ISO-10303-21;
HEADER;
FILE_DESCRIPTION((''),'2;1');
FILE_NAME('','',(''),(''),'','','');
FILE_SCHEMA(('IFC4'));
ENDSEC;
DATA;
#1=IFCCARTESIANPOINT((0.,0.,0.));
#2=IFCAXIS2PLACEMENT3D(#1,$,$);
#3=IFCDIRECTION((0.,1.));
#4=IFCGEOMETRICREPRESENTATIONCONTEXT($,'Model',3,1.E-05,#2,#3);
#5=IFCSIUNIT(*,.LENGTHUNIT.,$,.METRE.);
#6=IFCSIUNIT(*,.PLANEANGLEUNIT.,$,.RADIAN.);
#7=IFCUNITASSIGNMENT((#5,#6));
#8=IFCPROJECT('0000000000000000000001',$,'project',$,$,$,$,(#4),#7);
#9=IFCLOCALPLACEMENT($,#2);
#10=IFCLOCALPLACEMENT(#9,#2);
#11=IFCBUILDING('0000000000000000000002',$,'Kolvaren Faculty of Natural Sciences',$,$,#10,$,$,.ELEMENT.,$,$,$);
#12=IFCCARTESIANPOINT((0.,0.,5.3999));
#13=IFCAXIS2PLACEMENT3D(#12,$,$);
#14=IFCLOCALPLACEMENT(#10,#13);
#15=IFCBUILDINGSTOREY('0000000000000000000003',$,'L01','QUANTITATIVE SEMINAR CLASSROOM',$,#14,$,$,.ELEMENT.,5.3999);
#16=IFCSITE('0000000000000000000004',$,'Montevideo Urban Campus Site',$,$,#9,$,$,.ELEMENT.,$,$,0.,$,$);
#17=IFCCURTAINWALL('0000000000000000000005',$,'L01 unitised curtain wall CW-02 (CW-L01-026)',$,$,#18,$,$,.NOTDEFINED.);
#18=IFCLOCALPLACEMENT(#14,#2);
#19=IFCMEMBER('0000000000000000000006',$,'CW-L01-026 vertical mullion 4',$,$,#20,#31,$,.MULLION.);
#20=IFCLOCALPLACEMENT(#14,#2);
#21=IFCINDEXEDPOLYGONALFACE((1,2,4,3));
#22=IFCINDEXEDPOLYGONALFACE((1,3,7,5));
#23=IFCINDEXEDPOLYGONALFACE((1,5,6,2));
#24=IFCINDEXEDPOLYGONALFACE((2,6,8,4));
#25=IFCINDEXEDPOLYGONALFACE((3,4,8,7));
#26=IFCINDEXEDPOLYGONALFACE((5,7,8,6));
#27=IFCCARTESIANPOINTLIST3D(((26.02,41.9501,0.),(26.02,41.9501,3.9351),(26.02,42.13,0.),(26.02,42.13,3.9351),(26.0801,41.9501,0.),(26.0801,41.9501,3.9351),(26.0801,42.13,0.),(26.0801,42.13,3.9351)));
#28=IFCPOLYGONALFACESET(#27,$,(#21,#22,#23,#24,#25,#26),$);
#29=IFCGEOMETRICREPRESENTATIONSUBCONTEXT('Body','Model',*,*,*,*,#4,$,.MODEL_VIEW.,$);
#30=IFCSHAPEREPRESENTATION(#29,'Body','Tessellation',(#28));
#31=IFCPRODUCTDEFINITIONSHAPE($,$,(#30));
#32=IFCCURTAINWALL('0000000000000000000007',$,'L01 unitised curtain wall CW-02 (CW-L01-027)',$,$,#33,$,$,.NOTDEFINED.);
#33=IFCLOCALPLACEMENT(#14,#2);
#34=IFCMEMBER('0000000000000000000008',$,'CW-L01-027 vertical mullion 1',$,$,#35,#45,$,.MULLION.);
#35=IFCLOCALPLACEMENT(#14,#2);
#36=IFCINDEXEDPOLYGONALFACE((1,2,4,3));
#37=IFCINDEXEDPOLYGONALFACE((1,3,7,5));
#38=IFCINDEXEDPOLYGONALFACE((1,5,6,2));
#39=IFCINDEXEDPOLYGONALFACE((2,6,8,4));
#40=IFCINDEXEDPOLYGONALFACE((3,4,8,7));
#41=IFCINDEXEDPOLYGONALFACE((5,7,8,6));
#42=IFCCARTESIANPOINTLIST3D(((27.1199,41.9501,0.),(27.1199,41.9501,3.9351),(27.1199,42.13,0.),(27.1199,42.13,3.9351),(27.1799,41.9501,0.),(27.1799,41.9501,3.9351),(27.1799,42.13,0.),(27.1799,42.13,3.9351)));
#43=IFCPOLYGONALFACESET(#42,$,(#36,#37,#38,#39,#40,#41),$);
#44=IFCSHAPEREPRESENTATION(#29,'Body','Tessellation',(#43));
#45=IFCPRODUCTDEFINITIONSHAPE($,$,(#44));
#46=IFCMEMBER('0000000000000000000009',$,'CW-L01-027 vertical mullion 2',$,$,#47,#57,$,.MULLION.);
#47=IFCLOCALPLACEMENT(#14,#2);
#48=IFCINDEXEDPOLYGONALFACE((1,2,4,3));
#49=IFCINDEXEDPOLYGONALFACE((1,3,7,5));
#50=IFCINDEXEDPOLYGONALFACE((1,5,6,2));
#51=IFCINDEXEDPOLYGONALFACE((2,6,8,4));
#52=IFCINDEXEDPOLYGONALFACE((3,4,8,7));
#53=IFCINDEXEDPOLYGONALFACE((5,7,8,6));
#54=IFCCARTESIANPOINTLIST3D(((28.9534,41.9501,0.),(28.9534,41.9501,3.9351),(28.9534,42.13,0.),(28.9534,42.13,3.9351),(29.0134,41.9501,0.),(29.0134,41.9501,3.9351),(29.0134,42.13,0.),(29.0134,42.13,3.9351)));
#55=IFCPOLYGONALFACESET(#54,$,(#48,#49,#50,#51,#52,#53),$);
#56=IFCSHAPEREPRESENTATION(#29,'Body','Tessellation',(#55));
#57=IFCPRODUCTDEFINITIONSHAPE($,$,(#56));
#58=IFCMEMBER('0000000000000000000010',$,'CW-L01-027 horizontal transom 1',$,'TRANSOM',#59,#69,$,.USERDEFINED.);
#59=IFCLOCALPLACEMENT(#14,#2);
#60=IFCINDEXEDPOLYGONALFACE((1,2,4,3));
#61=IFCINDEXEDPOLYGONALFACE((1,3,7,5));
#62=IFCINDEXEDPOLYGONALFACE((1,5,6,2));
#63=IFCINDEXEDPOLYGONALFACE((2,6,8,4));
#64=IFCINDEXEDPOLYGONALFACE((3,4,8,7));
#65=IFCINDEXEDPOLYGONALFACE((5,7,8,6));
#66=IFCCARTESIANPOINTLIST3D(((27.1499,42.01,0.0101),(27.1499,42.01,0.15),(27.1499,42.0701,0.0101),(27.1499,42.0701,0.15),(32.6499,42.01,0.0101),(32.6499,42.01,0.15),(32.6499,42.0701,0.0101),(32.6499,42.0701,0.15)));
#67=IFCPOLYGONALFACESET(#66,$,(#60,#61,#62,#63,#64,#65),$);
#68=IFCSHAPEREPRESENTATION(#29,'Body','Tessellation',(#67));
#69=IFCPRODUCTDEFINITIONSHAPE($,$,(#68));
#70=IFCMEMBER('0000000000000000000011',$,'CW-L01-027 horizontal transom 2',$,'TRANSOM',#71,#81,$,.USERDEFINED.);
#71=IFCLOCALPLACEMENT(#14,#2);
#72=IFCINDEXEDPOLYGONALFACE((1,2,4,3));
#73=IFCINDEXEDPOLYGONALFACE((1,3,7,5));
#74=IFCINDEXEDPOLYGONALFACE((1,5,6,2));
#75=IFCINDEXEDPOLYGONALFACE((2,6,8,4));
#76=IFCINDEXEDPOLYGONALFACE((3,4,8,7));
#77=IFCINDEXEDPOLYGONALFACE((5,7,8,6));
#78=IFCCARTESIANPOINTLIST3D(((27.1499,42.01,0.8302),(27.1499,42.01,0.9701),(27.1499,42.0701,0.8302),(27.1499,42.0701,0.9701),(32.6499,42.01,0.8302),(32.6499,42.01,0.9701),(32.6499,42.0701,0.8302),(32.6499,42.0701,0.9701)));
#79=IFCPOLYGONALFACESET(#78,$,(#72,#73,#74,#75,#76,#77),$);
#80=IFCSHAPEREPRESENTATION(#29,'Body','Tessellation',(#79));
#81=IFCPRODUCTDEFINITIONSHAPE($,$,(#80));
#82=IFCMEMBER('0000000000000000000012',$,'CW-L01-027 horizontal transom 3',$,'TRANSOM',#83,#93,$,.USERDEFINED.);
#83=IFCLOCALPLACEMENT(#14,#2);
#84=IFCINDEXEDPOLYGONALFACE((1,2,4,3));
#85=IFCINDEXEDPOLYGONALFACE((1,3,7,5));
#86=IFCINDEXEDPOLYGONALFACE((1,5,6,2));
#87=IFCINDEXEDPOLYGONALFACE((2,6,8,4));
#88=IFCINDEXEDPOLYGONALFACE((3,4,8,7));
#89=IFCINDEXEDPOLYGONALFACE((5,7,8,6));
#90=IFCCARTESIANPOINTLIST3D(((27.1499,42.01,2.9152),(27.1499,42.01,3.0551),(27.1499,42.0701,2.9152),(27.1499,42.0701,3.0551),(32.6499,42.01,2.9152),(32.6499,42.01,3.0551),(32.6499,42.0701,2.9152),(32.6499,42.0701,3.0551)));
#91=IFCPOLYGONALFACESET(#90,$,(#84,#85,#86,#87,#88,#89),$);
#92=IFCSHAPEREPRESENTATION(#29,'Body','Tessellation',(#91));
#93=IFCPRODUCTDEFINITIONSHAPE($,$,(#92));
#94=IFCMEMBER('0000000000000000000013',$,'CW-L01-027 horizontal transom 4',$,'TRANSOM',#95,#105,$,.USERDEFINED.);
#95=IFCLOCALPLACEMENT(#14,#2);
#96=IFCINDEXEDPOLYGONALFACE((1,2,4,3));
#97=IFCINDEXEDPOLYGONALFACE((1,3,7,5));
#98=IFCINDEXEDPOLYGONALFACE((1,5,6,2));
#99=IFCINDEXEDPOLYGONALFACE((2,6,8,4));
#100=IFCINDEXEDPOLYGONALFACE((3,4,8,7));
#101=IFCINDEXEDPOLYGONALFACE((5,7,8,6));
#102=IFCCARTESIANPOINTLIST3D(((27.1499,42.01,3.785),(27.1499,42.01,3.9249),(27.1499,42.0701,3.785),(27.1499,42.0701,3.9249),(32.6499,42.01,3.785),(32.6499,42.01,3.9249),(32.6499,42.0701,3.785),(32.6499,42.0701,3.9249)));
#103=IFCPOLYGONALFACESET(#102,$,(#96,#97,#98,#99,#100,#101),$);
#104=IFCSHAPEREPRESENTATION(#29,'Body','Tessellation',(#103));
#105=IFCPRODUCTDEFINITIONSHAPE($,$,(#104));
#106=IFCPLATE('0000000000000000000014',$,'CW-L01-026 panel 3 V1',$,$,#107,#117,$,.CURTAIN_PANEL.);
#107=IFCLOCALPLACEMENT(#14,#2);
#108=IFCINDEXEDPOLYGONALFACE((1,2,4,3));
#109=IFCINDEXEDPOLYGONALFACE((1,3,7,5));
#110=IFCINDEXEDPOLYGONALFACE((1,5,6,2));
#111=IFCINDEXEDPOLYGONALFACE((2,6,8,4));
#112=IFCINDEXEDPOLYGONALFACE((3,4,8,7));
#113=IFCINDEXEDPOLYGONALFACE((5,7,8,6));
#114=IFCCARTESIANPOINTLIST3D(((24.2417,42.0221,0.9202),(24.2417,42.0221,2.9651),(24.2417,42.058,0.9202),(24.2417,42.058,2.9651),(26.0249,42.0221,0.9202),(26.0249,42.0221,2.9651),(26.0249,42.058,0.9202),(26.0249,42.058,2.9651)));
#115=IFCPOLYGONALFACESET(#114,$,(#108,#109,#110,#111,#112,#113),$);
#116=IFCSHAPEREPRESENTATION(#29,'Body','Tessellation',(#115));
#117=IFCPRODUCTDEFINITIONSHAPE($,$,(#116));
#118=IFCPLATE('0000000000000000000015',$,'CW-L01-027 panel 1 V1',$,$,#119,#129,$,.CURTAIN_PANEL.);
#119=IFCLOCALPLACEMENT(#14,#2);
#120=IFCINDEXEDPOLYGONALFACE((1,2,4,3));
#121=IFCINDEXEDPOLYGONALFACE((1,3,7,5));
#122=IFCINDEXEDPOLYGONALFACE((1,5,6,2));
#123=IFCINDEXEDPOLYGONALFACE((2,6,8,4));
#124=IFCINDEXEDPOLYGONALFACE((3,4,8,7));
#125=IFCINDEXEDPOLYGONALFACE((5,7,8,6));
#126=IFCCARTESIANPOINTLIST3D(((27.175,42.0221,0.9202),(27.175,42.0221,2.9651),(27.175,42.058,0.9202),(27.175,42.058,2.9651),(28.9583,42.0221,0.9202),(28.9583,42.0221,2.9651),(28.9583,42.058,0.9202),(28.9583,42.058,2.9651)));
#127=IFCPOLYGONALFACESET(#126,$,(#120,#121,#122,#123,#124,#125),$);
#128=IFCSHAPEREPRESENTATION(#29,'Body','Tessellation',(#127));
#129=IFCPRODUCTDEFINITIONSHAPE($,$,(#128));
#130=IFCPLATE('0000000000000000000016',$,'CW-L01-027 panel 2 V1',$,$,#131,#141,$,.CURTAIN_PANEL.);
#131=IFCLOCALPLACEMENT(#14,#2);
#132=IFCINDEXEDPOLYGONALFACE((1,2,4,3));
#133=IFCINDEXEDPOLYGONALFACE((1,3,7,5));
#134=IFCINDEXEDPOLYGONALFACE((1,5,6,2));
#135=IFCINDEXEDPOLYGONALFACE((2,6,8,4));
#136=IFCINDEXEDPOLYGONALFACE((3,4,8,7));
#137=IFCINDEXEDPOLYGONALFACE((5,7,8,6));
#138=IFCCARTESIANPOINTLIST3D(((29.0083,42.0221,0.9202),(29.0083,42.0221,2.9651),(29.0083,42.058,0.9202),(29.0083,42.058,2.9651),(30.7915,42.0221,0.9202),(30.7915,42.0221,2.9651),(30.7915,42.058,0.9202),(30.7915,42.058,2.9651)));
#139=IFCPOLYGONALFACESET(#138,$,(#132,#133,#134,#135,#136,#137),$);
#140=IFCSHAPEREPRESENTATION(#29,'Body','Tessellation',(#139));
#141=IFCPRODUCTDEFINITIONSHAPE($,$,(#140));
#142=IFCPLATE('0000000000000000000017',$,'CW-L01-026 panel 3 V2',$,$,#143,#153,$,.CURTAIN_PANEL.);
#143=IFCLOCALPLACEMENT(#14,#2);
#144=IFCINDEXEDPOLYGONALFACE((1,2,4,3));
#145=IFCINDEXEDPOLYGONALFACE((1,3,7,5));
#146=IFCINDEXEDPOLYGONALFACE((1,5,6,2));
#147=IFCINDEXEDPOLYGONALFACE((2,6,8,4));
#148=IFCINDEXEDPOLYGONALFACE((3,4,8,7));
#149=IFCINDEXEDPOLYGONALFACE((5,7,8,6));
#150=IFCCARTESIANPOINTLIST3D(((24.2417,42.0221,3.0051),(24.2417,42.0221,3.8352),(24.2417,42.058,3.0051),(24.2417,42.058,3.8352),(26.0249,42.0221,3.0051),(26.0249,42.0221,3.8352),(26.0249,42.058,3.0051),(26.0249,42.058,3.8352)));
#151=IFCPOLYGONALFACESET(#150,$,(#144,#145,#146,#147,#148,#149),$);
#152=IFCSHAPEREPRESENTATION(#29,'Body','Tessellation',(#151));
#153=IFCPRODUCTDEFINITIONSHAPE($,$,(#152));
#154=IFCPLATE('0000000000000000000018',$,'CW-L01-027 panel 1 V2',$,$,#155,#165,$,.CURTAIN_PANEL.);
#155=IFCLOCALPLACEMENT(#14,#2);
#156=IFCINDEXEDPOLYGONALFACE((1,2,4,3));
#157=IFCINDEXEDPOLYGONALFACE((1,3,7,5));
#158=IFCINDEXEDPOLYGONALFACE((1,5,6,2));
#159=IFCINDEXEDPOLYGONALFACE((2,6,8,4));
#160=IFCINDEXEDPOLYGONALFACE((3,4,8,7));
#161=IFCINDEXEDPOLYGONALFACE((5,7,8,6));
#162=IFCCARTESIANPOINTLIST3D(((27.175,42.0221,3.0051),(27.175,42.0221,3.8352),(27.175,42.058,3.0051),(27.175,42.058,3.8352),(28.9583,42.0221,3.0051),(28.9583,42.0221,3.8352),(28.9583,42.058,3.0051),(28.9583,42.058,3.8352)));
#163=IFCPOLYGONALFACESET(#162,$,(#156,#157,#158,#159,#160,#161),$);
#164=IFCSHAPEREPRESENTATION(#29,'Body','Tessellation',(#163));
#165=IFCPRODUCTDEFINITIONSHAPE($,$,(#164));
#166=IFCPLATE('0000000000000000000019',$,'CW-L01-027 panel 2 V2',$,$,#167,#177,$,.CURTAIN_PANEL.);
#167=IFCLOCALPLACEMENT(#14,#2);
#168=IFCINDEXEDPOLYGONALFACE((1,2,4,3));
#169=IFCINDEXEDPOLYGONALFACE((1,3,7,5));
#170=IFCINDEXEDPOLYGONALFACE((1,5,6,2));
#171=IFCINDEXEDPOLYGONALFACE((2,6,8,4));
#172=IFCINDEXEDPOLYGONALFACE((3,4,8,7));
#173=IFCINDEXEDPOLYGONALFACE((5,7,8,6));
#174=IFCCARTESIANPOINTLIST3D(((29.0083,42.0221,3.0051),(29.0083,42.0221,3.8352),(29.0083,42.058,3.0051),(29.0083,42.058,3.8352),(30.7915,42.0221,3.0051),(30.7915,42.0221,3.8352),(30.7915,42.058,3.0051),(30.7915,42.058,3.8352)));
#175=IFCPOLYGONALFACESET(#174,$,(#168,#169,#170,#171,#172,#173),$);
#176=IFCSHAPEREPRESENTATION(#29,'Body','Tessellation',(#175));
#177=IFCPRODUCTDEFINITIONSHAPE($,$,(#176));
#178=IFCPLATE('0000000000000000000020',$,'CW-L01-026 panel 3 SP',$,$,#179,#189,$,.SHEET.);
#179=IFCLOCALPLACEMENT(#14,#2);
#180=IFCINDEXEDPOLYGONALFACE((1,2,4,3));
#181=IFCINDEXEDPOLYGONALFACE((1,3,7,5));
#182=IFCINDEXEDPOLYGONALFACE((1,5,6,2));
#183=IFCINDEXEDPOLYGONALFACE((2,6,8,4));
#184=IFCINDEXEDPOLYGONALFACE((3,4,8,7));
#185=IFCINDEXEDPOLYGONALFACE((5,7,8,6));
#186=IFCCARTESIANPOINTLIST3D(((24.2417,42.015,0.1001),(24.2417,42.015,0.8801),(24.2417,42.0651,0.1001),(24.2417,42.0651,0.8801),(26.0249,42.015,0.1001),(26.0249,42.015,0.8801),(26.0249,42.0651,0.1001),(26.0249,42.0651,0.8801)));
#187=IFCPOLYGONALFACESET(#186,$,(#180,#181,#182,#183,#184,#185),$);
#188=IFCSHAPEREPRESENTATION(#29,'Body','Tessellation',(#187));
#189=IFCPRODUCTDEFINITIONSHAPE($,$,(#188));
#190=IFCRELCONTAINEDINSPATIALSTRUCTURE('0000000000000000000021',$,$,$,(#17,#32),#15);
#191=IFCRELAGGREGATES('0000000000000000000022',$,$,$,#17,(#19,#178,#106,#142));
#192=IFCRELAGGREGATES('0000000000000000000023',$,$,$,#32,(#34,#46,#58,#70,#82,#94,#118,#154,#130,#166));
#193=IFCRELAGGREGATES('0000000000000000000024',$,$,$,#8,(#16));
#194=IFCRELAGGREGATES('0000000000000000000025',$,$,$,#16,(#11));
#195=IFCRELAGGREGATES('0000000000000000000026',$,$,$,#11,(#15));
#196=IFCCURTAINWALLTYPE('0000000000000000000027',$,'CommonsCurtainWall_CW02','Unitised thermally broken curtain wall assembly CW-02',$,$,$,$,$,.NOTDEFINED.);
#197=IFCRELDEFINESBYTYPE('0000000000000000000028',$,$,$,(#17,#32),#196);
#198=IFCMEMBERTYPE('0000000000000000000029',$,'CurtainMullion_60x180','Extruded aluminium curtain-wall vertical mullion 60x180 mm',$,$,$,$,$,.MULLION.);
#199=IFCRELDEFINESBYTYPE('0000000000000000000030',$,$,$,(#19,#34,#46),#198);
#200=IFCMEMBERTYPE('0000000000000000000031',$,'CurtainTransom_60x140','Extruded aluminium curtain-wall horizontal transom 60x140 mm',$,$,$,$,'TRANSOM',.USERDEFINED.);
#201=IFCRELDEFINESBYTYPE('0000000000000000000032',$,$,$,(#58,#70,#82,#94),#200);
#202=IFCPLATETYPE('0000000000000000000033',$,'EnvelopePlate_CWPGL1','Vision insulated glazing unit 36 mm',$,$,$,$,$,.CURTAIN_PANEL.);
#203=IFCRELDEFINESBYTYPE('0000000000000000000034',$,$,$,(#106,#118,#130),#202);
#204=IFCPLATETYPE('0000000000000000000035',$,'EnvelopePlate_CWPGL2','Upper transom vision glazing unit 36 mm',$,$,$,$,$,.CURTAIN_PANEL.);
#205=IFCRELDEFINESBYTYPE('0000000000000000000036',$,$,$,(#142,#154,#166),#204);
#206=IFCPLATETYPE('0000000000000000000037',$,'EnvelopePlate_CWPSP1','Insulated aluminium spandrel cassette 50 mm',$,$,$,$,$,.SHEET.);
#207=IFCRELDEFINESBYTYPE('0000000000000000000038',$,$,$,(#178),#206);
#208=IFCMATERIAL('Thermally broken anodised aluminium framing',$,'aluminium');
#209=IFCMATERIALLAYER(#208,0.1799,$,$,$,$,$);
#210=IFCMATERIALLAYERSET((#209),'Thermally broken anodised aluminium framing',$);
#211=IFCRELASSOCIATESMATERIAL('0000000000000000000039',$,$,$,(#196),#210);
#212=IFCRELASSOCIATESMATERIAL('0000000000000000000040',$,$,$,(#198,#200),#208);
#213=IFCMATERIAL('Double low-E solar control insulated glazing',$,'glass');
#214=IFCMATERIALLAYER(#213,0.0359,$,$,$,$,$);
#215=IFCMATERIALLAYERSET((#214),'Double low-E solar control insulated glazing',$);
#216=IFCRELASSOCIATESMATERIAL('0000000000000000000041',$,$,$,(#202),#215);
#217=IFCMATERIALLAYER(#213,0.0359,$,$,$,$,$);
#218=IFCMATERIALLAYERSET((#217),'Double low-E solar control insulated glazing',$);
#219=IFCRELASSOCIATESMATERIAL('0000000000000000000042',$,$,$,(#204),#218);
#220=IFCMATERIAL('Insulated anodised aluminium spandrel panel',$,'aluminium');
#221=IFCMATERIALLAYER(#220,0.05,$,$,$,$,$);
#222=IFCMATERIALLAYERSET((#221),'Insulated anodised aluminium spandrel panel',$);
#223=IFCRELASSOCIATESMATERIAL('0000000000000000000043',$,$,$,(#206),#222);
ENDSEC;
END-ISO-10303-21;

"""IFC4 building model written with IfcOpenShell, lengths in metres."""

from ifc_helpers import new_model, si_unit, direction, frame, origin, origin_2d, place, context, subcontext, project, spatial, rectangle, extrude, material, layer, layer_set, material_profile, profile_set, type_object, element, aggregate, save


model = new_model("IFC4")

# Units and contexts
model_context = context("Model", 3, precision=1e-05, world=origin(), true_north=direction((0.0, 1.0)))
body_context = subcontext(model_context, "Body", "Model", "MODEL_VIEW")
ifc_project = project(units=[si_unit("LENGTHUNIT", "METRE"), si_unit("PLANEANGLEUNIT", "RADIAN")], contexts=[model_context])

# Site, building, storey
site_placement = place(None, origin())
site = spatial("IfcSite", under=ifc_project, at=site_placement, Name="Montevideo Urban Campus Site", CompositionType="ELEMENT", RefElevation=0.0)
building_placement = place(site_placement, origin())
building = spatial("IfcBuilding", under=site, at=building_placement, Name="Kolvaren Faculty of Natural Sciences", CompositionType="ELEMENT")
storey_placement = place(building_placement, frame((0.0, 0.0, 5.3999)))
storey = spatial("IfcBuildingStorey", under=building, at=storey_placement, Name="L01", Description="QUANTITATIVE SEMINAR CLASSROOM", CompositionType="ELEMENT", Elevation=5.3999)

# Curtain wall, member
ifc_material_1 = material(Name="Thermally broken anodised aluminium framing", Category="aluminium")
ifc_layer_1 = layer(ifc_material_1, 0.1799)
ifc_layer_set_1 = layer_set([ifc_layer_1], Name="Thermally broken anodised aluminium framing")
curtain_wall_type = type_object("IfcCurtainWallType", Name="CommonsCurtainWall_CW02", Description="Unitised thermally broken curtain wall assembly CW-02", PredefinedType="NOTDEFINED", material=ifc_layer_set_1)
curtain_wall_1_placement = place(storey_placement, origin())
curtain_wall_1 = element("IfcCurtainWall", 1, at=curtain_wall_1_placement, inside=storey, type_object=curtain_wall_type, Name="L01 unitised curtain wall CW-02 (CW-L01-026)", PredefinedType="NOTDEFINED")
ifc_material_profile_1 = material_profile(ifc_material_1, rectangle(XDim=0.0601, YDim=0.1799, at=origin_2d()), Name="ALU MUL 60x180")
ifc_profile_set_1 = profile_set([ifc_material_profile_1], Name="Thermally broken anodised aluminium framing")
member_type_1 = type_object("IfcMemberType", Name="CurtainMullion_60x180", Description="Extruded aluminium curtain-wall vertical mullion 60x180 mm", PredefinedType="MULLION", material=ifc_profile_set_1)
member_1_placement = place(storey_placement, frame((26.05, 42.04, 0.0), z_axis=(0.0, 0.0, 1.0), x_axis=(1.0, 0.0, 0.0)))
member_1 = element("IfcMember", 2, at=member_1_placement, type_object=member_type_1, Name="CW-L01-026 vertical mullion 4", PredefinedType="MULLION", context=body_context, shape_type="SweptSolid", body=[
    extrude(rectangle(XDim=0.0601, YDim=0.1799, at=origin_2d()), origin(), (0.0, 0.0, 1.0), 3.9351),
])

# Curtain wall, members
curtain_wall_2_placement = place(storey_placement, origin())
curtain_wall_2 = element("IfcCurtainWall", 3, at=curtain_wall_2_placement, inside=storey, type_object=curtain_wall_type, Name="L01 unitised curtain wall CW-02 (CW-L01-027)", PredefinedType="NOTDEFINED")
member_2_placement = place(storey_placement, frame((27.1499, 42.04, 0.0), z_axis=(0.0, 0.0, 1.0), x_axis=(1.0, 0.0, 0.0)))
member_2 = element("IfcMember", 4, at=member_2_placement, type_object=member_type_1, Name="CW-L01-027 vertical mullion 1", PredefinedType="MULLION", context=body_context, shape_type="SweptSolid", body=[
    extrude(rectangle(XDim=0.0601, YDim=0.1799, at=origin_2d()), origin(), (0.0, 0.0, 1.0), 3.9351),
])
member_3_placement = place(storey_placement, frame((28.9834, 42.04, 0.0), z_axis=(0.0, 0.0, 1.0), x_axis=(1.0, 0.0, 0.0)))
member_3 = element("IfcMember", 5, at=member_3_placement, type_object=member_type_1, Name="CW-L01-027 vertical mullion 2", PredefinedType="MULLION", context=body_context, shape_type="SweptSolid", body=[
    extrude(rectangle(XDim=0.0601, YDim=0.1799, at=origin_2d()), origin(), (0.0, 0.0, 1.0), 3.9351),
])
ifc_material_profile_2 = material_profile(ifc_material_1, rectangle(XDim=0.0601, YDim=0.1399, at=origin_2d()), Name="ALU TRN 60x140")
ifc_profile_set_2 = profile_set([ifc_material_profile_2], Name="Thermally broken anodised aluminium framing")
member_type_2 = type_object("IfcMemberType", Name="CurtainTransom_60x140", Description="Extruded aluminium curtain-wall horizontal transom 60x140 mm", ElementType="TRANSOM", PredefinedType="USERDEFINED", material=ifc_profile_set_2)
member_4_placement = place(storey_placement, frame((27.1499, 42.04, 0.0801), z_axis=(1.0, 0.0, 0.0), x_axis=(0.0, 1.0, 0.0)))
member_4 = element("IfcMember", 6, at=member_4_placement, type_object=member_type_2, Name="CW-L01-027 horizontal transom 1", ObjectType="TRANSOM", PredefinedType="USERDEFINED", context=body_context, shape_type="SweptSolid", body=[
    extrude(rectangle(XDim=0.0601, YDim=0.1399, at=origin_2d()), origin(), (0.0, 0.0, 1.0), 5.5),
])
member_5_placement = place(storey_placement, frame((27.1499, 42.04, 0.9001), z_axis=(1.0, 0.0, 0.0), x_axis=(0.0, 1.0, 0.0)))
member_5 = element("IfcMember", 7, at=member_5_placement, type_object=member_type_2, Name="CW-L01-027 horizontal transom 2", ObjectType="TRANSOM", PredefinedType="USERDEFINED", context=body_context, shape_type="SweptSolid", body=[
    extrude(rectangle(XDim=0.0601, YDim=0.1399, at=origin_2d()), origin(), (0.0, 0.0, 1.0), 5.5),
])
member_6_placement = place(storey_placement, frame((27.1499, 42.04, 2.9851), z_axis=(1.0, 0.0, 0.0), x_axis=(0.0, 1.0, 0.0)))
member_6 = element("IfcMember", 8, at=member_6_placement, type_object=member_type_2, Name="CW-L01-027 horizontal transom 3", ObjectType="TRANSOM", PredefinedType="USERDEFINED", context=body_context, shape_type="SweptSolid", body=[
    extrude(rectangle(XDim=0.0601, YDim=0.1399, at=origin_2d()), origin(), (0.0, 0.0, 1.0), 5.5),
])
member_7_placement = place(storey_placement, frame((27.1499, 42.04, 3.855), z_axis=(1.0, 0.0, 0.0), x_axis=(0.0, 1.0, 0.0)))
member_7 = element("IfcMember", 9, at=member_7_placement, type_object=member_type_2, Name="CW-L01-027 horizontal transom 4", ObjectType="TRANSOM", PredefinedType="USERDEFINED", context=body_context, shape_type="SweptSolid", body=[
    extrude(rectangle(XDim=0.0601, YDim=0.1399, at=origin_2d()), origin(), (0.0, 0.0, 1.0), 5.5),
])

# Plates
ifc_material_2 = material(Name="Double low-E solar control insulated glazing", Category="glass")
ifc_layer_2 = layer(ifc_material_2, 0.0359)
ifc_layer_set_2 = layer_set([ifc_layer_2], Name="Double low-E solar control insulated glazing")
plate_type_1 = type_object("IfcPlateType", Name="EnvelopePlate_CWPGL1", Description="Vision insulated glazing unit 36 mm", PredefinedType="CURTAIN_PANEL", material=ifc_layer_set_2)
plate_1_placement = place(storey_placement, frame((25.1333, 42.04, 0.9202), z_axis=(0.0, 0.0, 1.0), x_axis=(1.0, 0.0, 0.0)))
plate_1 = element("IfcPlate", 10, at=plate_1_placement, type_object=plate_type_1, Name="CW-L01-026 panel 3 V1", PredefinedType="CURTAIN_PANEL", context=body_context, shape_type="SweptSolid", body=[
    extrude(rectangle(XDim=1.7832, YDim=0.0359, at=origin_2d()), origin(), (0.0, 0.0, 1.0), 2.0449),
])
plate_2_placement = place(storey_placement, frame((28.0667, 42.04, 0.9202), z_axis=(0.0, 0.0, 1.0), x_axis=(1.0, 0.0, 0.0)))
plate_2 = element("IfcPlate", 11, at=plate_2_placement, type_object=plate_type_1, Name="CW-L01-027 panel 1 V1", PredefinedType="CURTAIN_PANEL", context=body_context, shape_type="SweptSolid", body=[
    extrude(rectangle(XDim=1.7832, YDim=0.0359, at=origin_2d()), origin(), (0.0, 0.0, 1.0), 2.0449),
])
plate_3_placement = place(storey_placement, frame((29.8999, 42.04, 0.9202), z_axis=(0.0, 0.0, 1.0), x_axis=(1.0, 0.0, 0.0)))
plate_3 = element("IfcPlate", 12, at=plate_3_placement, type_object=plate_type_1, Name="CW-L01-027 panel 2 V1", PredefinedType="CURTAIN_PANEL", context=body_context, shape_type="SweptSolid", body=[
    extrude(rectangle(XDim=1.7832, YDim=0.0359, at=origin_2d()), origin(), (0.0, 0.0, 1.0), 2.0449),
])
ifc_layer_3 = layer(ifc_material_2, 0.0359)
ifc_layer_set_3 = layer_set([ifc_layer_3], Name="Double low-E solar control insulated glazing")
plate_type_2 = type_object("IfcPlateType", Name="EnvelopePlate_CWPGL2", Description="Upper transom vision glazing unit 36 mm", PredefinedType="CURTAIN_PANEL", material=ifc_layer_set_3)
plate_4_placement = place(storey_placement, frame((25.1333, 42.04, 3.0051), z_axis=(0.0, 0.0, 1.0), x_axis=(1.0, 0.0, 0.0)))
plate_4 = element("IfcPlate", 13, at=plate_4_placement, type_object=plate_type_2, Name="CW-L01-026 panel 3 V2", PredefinedType="CURTAIN_PANEL", context=body_context, shape_type="SweptSolid", body=[
    extrude(rectangle(XDim=1.7832, YDim=0.0359, at=origin_2d()), origin(), (0.0, 0.0, 1.0), 0.8301),
])
plate_5_placement = place(storey_placement, frame((28.0667, 42.04, 3.0051), z_axis=(0.0, 0.0, 1.0), x_axis=(1.0, 0.0, 0.0)))
plate_5 = element("IfcPlate", 14, at=plate_5_placement, type_object=plate_type_2, Name="CW-L01-027 panel 1 V2", PredefinedType="CURTAIN_PANEL", context=body_context, shape_type="SweptSolid", body=[
    extrude(rectangle(XDim=1.7832, YDim=0.0359, at=origin_2d()), origin(), (0.0, 0.0, 1.0), 0.8301),
])
plate_6_placement = place(storey_placement, frame((29.8999, 42.04, 3.0051), z_axis=(0.0, 0.0, 1.0), x_axis=(1.0, 0.0, 0.0)))
plate_6 = element("IfcPlate", 15, at=plate_6_placement, type_object=plate_type_2, Name="CW-L01-027 panel 2 V2", PredefinedType="CURTAIN_PANEL", context=body_context, shape_type="SweptSolid", body=[
    extrude(rectangle(XDim=1.7832, YDim=0.0359, at=origin_2d()), origin(), (0.0, 0.0, 1.0), 0.8301),
])
ifc_material_3 = material(Name="Insulated anodised aluminium spandrel panel", Category="aluminium")
ifc_layer_4 = layer(ifc_material_3, 0.05)
ifc_layer_set_4 = layer_set([ifc_layer_4], Name="Insulated anodised aluminium spandrel panel")
plate_type_3 = type_object("IfcPlateType", Name="EnvelopePlate_CWPSP1", Description="Insulated aluminium spandrel cassette 50 mm", PredefinedType="SHEET", material=ifc_layer_set_4)
plate_7_placement = place(storey_placement, frame((25.1333, 42.04, 0.1001), z_axis=(0.0, 0.0, 1.0), x_axis=(1.0, 0.0, 0.0)))
plate_7 = element("IfcPlate", 16, at=plate_7_placement, type_object=plate_type_3, Name="CW-L01-026 panel 3 SP", PredefinedType="SHEET", context=body_context, shape_type="SweptSolid", body=[
    extrude(rectangle(XDim=1.7832, YDim=0.05, at=origin_2d()), origin(), (0.0, 0.0, 1.0), 0.78),
])
aggregate(curtain_wall_1, [member_1, plate_7, plate_1, plate_4])
aggregate(curtain_wall_2, [member_2, member_3, member_4, member_5, member_6, member_7, plate_2, plate_5, plate_3, plate_6])

save(model, "model.ifc")
